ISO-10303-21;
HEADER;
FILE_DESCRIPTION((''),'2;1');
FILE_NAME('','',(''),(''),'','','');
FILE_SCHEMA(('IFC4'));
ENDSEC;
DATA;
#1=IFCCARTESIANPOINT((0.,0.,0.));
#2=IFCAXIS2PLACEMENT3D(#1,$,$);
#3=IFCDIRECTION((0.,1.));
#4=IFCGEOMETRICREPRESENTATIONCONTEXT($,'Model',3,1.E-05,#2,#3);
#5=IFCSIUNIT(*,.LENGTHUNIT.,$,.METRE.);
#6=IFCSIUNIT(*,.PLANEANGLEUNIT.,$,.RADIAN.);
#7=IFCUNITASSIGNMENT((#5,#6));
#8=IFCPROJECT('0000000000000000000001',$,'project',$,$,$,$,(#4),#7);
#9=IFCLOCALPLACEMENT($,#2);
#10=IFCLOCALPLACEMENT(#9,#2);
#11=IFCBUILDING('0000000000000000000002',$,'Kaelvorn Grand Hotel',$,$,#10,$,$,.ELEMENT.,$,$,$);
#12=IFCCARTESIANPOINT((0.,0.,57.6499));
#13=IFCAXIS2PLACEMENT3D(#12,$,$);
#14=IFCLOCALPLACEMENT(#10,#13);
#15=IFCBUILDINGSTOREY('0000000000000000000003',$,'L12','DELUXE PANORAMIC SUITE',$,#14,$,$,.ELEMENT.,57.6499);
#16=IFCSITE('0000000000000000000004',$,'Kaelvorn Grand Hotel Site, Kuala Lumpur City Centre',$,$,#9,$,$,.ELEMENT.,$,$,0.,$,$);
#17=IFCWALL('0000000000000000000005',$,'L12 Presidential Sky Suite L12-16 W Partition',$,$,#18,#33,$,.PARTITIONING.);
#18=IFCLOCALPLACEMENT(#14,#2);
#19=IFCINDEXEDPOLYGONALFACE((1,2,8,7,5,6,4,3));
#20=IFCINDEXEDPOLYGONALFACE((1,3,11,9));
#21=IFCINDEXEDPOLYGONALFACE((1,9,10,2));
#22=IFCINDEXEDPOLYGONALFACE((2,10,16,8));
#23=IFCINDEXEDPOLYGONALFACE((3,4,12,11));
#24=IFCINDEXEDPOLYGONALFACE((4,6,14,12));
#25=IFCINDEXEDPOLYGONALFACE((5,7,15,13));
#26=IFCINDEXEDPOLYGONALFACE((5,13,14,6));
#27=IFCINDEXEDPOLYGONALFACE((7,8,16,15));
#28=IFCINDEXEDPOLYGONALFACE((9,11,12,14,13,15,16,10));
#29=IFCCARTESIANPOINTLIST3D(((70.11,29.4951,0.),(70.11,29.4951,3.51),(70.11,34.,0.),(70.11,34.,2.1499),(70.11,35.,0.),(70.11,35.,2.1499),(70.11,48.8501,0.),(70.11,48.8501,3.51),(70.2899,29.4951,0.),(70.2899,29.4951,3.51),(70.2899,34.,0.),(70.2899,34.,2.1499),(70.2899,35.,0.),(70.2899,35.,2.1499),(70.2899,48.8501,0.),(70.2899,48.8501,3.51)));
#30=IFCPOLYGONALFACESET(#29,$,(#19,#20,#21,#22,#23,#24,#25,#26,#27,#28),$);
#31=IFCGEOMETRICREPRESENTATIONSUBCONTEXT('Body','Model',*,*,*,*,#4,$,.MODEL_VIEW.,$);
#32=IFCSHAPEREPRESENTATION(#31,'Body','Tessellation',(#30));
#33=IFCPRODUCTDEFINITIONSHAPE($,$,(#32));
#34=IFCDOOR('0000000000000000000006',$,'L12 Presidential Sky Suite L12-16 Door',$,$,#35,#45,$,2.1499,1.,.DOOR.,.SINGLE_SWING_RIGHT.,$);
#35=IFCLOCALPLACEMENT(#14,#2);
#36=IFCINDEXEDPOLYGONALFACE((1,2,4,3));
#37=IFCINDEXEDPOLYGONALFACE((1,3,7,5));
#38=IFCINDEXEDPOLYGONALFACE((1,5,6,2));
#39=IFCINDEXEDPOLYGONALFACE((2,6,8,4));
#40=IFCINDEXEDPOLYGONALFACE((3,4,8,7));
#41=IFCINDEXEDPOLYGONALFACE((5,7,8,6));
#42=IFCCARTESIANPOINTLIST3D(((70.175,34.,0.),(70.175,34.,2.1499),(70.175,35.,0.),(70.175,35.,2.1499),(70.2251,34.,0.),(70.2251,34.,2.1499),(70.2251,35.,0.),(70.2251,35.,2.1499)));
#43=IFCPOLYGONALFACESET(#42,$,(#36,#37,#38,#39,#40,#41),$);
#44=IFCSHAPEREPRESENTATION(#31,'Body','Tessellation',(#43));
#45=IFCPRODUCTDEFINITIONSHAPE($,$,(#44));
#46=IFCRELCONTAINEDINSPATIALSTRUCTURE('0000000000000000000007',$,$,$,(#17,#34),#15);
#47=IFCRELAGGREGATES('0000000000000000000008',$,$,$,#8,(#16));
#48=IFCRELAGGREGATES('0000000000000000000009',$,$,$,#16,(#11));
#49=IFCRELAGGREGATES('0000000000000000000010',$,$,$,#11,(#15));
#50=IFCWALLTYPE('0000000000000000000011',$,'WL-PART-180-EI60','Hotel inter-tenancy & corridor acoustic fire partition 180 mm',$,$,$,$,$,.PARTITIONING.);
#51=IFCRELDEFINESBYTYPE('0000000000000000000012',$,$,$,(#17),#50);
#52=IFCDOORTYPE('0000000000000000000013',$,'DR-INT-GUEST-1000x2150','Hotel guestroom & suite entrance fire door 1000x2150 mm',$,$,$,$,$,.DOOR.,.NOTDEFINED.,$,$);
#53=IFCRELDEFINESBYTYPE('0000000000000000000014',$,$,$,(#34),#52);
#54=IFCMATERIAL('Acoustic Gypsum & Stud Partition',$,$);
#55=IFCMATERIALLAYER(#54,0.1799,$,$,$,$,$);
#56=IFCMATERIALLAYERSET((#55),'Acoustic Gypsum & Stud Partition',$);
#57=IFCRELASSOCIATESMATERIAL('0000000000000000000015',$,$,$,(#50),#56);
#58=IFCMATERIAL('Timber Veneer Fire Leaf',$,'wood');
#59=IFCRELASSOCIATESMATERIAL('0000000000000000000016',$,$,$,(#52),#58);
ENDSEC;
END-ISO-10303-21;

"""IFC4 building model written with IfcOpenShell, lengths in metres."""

from ifc_helpers import new_model, si_unit, direction, frame, frame_2d, origin, place, context, subcontext, project, spatial, rectangle, extrude, material, layer, layer_set, type_object, element, fill, save


model = new_model("IFC4")

# Units and contexts
model_context = context("Model", 3, precision=1e-05, world=origin(), true_north=direction((0.0, 1.0)))
body_context = subcontext(model_context, "Body", "Model", "MODEL_VIEW")
ifc_project = project(units=[si_unit("LENGTHUNIT", "METRE"), si_unit("PLANEANGLEUNIT", "RADIAN")], contexts=[model_context])

# Site, building, storey
site_placement = place(None, origin())
site = spatial("IfcSite", under=ifc_project, at=site_placement, Name="Kaelvorn Grand Hotel Site, Kuala Lumpur City Centre", CompositionType="ELEMENT", RefElevation=0.0)
building_placement = place(site_placement, origin())
building = spatial("IfcBuilding", under=site, at=building_placement, Name="Kaelvorn Grand Hotel", CompositionType="ELEMENT")
storey_placement = place(building_placement, frame((0.0, 0.0, 57.6499)))
storey = spatial("IfcBuildingStorey", under=building, at=storey_placement, Name="L12", Description="DELUXE PANORAMIC SUITE", CompositionType="ELEMENT", Elevation=57.6499)

# Shared definitions
ifc_material_1 = material(Name="Acoustic Gypsum & Stud Partition")
ifc_layer_1 = layer(ifc_material_1, 0.1799)
ifc_layer_set_1 = layer_set([ifc_layer_1], Name="Acoustic Gypsum & Stud Partition")
wall_type = type_object("IfcWallType", Name="WL-PART-180-EI60", Description="Hotel inter-tenancy & corridor acoustic fire partition 180 mm", PredefinedType="PARTITIONING", material=ifc_layer_set_1)

# Wall, opening, door
wall_1_placement = place(storey_placement, frame((70.2, 29.4951, 0.0), z_axis=(0.0, 0.0, 1.0), x_axis=(0.0, 1.0, 0.0)))
wall_1 = element("IfcWall", 1, at=wall_1_placement, inside=storey, type_object=wall_type, Name="L12 Presidential Sky Suite L12-16 W Partition", PredefinedType="PARTITIONING", context=body_context, shape_type="SweptSolid", body=[
    extrude(rectangle(XDim=19.355, YDim=0.1799, at=frame_2d((9.6775, 0.0))), origin(), (0.0, 0.0, 1.0), 3.51),
])
opening_placement = place(wall_1_placement, frame((4.5049, 0.0, 0.0)))
opening = element("IfcOpeningElement", 2, at=opening_placement, cuts=wall_1, PredefinedType="OPENING", context=body_context, shape_type="SweptSolid", body=[
    extrude(rectangle(XDim=1.0, YDim=2.1499, at=frame_2d((0.5, 1.075))), frame((0.0, 0.1001, 0.0), z_axis=(0.0, -1.0, 0.0), x_axis=(1.0, 0.0, 0.0)), (0.0, 0.0, 1.0), 0.2),
])
ifc_material_2 = material(Name="Timber Veneer Fire Leaf", Category="wood")
door_type = type_object("IfcDoorType", Name="DR-INT-GUEST-1000x2150", Description="Hotel guestroom & suite entrance fire door 1000x2150 mm", OperationType="NOTDEFINED", PredefinedType="DOOR", material=ifc_material_2)
door_placement = place(opening_placement, origin())
door = element("IfcDoor", 3, at=door_placement, inside=storey, type_object=door_type, Name="L12 Presidential Sky Suite L12-16 Door", OperationType="SINGLE_SWING_RIGHT", OverallHeight=2.1499, OverallWidth=1.0, PredefinedType="DOOR", context=body_context, shape_type="SweptSolid", body=[
    extrude(rectangle(XDim=1.0, YDim=2.1499, at=frame_2d((0.5, 1.075))), frame((0.0, 0.0249, 0.0), z_axis=(0.0, -1.0, 0.0), x_axis=(1.0, 0.0, 0.0)), (0.0, 0.0, 1.0), 0.05),
])
fill(opening, door)

save(model, "model.ifc")
